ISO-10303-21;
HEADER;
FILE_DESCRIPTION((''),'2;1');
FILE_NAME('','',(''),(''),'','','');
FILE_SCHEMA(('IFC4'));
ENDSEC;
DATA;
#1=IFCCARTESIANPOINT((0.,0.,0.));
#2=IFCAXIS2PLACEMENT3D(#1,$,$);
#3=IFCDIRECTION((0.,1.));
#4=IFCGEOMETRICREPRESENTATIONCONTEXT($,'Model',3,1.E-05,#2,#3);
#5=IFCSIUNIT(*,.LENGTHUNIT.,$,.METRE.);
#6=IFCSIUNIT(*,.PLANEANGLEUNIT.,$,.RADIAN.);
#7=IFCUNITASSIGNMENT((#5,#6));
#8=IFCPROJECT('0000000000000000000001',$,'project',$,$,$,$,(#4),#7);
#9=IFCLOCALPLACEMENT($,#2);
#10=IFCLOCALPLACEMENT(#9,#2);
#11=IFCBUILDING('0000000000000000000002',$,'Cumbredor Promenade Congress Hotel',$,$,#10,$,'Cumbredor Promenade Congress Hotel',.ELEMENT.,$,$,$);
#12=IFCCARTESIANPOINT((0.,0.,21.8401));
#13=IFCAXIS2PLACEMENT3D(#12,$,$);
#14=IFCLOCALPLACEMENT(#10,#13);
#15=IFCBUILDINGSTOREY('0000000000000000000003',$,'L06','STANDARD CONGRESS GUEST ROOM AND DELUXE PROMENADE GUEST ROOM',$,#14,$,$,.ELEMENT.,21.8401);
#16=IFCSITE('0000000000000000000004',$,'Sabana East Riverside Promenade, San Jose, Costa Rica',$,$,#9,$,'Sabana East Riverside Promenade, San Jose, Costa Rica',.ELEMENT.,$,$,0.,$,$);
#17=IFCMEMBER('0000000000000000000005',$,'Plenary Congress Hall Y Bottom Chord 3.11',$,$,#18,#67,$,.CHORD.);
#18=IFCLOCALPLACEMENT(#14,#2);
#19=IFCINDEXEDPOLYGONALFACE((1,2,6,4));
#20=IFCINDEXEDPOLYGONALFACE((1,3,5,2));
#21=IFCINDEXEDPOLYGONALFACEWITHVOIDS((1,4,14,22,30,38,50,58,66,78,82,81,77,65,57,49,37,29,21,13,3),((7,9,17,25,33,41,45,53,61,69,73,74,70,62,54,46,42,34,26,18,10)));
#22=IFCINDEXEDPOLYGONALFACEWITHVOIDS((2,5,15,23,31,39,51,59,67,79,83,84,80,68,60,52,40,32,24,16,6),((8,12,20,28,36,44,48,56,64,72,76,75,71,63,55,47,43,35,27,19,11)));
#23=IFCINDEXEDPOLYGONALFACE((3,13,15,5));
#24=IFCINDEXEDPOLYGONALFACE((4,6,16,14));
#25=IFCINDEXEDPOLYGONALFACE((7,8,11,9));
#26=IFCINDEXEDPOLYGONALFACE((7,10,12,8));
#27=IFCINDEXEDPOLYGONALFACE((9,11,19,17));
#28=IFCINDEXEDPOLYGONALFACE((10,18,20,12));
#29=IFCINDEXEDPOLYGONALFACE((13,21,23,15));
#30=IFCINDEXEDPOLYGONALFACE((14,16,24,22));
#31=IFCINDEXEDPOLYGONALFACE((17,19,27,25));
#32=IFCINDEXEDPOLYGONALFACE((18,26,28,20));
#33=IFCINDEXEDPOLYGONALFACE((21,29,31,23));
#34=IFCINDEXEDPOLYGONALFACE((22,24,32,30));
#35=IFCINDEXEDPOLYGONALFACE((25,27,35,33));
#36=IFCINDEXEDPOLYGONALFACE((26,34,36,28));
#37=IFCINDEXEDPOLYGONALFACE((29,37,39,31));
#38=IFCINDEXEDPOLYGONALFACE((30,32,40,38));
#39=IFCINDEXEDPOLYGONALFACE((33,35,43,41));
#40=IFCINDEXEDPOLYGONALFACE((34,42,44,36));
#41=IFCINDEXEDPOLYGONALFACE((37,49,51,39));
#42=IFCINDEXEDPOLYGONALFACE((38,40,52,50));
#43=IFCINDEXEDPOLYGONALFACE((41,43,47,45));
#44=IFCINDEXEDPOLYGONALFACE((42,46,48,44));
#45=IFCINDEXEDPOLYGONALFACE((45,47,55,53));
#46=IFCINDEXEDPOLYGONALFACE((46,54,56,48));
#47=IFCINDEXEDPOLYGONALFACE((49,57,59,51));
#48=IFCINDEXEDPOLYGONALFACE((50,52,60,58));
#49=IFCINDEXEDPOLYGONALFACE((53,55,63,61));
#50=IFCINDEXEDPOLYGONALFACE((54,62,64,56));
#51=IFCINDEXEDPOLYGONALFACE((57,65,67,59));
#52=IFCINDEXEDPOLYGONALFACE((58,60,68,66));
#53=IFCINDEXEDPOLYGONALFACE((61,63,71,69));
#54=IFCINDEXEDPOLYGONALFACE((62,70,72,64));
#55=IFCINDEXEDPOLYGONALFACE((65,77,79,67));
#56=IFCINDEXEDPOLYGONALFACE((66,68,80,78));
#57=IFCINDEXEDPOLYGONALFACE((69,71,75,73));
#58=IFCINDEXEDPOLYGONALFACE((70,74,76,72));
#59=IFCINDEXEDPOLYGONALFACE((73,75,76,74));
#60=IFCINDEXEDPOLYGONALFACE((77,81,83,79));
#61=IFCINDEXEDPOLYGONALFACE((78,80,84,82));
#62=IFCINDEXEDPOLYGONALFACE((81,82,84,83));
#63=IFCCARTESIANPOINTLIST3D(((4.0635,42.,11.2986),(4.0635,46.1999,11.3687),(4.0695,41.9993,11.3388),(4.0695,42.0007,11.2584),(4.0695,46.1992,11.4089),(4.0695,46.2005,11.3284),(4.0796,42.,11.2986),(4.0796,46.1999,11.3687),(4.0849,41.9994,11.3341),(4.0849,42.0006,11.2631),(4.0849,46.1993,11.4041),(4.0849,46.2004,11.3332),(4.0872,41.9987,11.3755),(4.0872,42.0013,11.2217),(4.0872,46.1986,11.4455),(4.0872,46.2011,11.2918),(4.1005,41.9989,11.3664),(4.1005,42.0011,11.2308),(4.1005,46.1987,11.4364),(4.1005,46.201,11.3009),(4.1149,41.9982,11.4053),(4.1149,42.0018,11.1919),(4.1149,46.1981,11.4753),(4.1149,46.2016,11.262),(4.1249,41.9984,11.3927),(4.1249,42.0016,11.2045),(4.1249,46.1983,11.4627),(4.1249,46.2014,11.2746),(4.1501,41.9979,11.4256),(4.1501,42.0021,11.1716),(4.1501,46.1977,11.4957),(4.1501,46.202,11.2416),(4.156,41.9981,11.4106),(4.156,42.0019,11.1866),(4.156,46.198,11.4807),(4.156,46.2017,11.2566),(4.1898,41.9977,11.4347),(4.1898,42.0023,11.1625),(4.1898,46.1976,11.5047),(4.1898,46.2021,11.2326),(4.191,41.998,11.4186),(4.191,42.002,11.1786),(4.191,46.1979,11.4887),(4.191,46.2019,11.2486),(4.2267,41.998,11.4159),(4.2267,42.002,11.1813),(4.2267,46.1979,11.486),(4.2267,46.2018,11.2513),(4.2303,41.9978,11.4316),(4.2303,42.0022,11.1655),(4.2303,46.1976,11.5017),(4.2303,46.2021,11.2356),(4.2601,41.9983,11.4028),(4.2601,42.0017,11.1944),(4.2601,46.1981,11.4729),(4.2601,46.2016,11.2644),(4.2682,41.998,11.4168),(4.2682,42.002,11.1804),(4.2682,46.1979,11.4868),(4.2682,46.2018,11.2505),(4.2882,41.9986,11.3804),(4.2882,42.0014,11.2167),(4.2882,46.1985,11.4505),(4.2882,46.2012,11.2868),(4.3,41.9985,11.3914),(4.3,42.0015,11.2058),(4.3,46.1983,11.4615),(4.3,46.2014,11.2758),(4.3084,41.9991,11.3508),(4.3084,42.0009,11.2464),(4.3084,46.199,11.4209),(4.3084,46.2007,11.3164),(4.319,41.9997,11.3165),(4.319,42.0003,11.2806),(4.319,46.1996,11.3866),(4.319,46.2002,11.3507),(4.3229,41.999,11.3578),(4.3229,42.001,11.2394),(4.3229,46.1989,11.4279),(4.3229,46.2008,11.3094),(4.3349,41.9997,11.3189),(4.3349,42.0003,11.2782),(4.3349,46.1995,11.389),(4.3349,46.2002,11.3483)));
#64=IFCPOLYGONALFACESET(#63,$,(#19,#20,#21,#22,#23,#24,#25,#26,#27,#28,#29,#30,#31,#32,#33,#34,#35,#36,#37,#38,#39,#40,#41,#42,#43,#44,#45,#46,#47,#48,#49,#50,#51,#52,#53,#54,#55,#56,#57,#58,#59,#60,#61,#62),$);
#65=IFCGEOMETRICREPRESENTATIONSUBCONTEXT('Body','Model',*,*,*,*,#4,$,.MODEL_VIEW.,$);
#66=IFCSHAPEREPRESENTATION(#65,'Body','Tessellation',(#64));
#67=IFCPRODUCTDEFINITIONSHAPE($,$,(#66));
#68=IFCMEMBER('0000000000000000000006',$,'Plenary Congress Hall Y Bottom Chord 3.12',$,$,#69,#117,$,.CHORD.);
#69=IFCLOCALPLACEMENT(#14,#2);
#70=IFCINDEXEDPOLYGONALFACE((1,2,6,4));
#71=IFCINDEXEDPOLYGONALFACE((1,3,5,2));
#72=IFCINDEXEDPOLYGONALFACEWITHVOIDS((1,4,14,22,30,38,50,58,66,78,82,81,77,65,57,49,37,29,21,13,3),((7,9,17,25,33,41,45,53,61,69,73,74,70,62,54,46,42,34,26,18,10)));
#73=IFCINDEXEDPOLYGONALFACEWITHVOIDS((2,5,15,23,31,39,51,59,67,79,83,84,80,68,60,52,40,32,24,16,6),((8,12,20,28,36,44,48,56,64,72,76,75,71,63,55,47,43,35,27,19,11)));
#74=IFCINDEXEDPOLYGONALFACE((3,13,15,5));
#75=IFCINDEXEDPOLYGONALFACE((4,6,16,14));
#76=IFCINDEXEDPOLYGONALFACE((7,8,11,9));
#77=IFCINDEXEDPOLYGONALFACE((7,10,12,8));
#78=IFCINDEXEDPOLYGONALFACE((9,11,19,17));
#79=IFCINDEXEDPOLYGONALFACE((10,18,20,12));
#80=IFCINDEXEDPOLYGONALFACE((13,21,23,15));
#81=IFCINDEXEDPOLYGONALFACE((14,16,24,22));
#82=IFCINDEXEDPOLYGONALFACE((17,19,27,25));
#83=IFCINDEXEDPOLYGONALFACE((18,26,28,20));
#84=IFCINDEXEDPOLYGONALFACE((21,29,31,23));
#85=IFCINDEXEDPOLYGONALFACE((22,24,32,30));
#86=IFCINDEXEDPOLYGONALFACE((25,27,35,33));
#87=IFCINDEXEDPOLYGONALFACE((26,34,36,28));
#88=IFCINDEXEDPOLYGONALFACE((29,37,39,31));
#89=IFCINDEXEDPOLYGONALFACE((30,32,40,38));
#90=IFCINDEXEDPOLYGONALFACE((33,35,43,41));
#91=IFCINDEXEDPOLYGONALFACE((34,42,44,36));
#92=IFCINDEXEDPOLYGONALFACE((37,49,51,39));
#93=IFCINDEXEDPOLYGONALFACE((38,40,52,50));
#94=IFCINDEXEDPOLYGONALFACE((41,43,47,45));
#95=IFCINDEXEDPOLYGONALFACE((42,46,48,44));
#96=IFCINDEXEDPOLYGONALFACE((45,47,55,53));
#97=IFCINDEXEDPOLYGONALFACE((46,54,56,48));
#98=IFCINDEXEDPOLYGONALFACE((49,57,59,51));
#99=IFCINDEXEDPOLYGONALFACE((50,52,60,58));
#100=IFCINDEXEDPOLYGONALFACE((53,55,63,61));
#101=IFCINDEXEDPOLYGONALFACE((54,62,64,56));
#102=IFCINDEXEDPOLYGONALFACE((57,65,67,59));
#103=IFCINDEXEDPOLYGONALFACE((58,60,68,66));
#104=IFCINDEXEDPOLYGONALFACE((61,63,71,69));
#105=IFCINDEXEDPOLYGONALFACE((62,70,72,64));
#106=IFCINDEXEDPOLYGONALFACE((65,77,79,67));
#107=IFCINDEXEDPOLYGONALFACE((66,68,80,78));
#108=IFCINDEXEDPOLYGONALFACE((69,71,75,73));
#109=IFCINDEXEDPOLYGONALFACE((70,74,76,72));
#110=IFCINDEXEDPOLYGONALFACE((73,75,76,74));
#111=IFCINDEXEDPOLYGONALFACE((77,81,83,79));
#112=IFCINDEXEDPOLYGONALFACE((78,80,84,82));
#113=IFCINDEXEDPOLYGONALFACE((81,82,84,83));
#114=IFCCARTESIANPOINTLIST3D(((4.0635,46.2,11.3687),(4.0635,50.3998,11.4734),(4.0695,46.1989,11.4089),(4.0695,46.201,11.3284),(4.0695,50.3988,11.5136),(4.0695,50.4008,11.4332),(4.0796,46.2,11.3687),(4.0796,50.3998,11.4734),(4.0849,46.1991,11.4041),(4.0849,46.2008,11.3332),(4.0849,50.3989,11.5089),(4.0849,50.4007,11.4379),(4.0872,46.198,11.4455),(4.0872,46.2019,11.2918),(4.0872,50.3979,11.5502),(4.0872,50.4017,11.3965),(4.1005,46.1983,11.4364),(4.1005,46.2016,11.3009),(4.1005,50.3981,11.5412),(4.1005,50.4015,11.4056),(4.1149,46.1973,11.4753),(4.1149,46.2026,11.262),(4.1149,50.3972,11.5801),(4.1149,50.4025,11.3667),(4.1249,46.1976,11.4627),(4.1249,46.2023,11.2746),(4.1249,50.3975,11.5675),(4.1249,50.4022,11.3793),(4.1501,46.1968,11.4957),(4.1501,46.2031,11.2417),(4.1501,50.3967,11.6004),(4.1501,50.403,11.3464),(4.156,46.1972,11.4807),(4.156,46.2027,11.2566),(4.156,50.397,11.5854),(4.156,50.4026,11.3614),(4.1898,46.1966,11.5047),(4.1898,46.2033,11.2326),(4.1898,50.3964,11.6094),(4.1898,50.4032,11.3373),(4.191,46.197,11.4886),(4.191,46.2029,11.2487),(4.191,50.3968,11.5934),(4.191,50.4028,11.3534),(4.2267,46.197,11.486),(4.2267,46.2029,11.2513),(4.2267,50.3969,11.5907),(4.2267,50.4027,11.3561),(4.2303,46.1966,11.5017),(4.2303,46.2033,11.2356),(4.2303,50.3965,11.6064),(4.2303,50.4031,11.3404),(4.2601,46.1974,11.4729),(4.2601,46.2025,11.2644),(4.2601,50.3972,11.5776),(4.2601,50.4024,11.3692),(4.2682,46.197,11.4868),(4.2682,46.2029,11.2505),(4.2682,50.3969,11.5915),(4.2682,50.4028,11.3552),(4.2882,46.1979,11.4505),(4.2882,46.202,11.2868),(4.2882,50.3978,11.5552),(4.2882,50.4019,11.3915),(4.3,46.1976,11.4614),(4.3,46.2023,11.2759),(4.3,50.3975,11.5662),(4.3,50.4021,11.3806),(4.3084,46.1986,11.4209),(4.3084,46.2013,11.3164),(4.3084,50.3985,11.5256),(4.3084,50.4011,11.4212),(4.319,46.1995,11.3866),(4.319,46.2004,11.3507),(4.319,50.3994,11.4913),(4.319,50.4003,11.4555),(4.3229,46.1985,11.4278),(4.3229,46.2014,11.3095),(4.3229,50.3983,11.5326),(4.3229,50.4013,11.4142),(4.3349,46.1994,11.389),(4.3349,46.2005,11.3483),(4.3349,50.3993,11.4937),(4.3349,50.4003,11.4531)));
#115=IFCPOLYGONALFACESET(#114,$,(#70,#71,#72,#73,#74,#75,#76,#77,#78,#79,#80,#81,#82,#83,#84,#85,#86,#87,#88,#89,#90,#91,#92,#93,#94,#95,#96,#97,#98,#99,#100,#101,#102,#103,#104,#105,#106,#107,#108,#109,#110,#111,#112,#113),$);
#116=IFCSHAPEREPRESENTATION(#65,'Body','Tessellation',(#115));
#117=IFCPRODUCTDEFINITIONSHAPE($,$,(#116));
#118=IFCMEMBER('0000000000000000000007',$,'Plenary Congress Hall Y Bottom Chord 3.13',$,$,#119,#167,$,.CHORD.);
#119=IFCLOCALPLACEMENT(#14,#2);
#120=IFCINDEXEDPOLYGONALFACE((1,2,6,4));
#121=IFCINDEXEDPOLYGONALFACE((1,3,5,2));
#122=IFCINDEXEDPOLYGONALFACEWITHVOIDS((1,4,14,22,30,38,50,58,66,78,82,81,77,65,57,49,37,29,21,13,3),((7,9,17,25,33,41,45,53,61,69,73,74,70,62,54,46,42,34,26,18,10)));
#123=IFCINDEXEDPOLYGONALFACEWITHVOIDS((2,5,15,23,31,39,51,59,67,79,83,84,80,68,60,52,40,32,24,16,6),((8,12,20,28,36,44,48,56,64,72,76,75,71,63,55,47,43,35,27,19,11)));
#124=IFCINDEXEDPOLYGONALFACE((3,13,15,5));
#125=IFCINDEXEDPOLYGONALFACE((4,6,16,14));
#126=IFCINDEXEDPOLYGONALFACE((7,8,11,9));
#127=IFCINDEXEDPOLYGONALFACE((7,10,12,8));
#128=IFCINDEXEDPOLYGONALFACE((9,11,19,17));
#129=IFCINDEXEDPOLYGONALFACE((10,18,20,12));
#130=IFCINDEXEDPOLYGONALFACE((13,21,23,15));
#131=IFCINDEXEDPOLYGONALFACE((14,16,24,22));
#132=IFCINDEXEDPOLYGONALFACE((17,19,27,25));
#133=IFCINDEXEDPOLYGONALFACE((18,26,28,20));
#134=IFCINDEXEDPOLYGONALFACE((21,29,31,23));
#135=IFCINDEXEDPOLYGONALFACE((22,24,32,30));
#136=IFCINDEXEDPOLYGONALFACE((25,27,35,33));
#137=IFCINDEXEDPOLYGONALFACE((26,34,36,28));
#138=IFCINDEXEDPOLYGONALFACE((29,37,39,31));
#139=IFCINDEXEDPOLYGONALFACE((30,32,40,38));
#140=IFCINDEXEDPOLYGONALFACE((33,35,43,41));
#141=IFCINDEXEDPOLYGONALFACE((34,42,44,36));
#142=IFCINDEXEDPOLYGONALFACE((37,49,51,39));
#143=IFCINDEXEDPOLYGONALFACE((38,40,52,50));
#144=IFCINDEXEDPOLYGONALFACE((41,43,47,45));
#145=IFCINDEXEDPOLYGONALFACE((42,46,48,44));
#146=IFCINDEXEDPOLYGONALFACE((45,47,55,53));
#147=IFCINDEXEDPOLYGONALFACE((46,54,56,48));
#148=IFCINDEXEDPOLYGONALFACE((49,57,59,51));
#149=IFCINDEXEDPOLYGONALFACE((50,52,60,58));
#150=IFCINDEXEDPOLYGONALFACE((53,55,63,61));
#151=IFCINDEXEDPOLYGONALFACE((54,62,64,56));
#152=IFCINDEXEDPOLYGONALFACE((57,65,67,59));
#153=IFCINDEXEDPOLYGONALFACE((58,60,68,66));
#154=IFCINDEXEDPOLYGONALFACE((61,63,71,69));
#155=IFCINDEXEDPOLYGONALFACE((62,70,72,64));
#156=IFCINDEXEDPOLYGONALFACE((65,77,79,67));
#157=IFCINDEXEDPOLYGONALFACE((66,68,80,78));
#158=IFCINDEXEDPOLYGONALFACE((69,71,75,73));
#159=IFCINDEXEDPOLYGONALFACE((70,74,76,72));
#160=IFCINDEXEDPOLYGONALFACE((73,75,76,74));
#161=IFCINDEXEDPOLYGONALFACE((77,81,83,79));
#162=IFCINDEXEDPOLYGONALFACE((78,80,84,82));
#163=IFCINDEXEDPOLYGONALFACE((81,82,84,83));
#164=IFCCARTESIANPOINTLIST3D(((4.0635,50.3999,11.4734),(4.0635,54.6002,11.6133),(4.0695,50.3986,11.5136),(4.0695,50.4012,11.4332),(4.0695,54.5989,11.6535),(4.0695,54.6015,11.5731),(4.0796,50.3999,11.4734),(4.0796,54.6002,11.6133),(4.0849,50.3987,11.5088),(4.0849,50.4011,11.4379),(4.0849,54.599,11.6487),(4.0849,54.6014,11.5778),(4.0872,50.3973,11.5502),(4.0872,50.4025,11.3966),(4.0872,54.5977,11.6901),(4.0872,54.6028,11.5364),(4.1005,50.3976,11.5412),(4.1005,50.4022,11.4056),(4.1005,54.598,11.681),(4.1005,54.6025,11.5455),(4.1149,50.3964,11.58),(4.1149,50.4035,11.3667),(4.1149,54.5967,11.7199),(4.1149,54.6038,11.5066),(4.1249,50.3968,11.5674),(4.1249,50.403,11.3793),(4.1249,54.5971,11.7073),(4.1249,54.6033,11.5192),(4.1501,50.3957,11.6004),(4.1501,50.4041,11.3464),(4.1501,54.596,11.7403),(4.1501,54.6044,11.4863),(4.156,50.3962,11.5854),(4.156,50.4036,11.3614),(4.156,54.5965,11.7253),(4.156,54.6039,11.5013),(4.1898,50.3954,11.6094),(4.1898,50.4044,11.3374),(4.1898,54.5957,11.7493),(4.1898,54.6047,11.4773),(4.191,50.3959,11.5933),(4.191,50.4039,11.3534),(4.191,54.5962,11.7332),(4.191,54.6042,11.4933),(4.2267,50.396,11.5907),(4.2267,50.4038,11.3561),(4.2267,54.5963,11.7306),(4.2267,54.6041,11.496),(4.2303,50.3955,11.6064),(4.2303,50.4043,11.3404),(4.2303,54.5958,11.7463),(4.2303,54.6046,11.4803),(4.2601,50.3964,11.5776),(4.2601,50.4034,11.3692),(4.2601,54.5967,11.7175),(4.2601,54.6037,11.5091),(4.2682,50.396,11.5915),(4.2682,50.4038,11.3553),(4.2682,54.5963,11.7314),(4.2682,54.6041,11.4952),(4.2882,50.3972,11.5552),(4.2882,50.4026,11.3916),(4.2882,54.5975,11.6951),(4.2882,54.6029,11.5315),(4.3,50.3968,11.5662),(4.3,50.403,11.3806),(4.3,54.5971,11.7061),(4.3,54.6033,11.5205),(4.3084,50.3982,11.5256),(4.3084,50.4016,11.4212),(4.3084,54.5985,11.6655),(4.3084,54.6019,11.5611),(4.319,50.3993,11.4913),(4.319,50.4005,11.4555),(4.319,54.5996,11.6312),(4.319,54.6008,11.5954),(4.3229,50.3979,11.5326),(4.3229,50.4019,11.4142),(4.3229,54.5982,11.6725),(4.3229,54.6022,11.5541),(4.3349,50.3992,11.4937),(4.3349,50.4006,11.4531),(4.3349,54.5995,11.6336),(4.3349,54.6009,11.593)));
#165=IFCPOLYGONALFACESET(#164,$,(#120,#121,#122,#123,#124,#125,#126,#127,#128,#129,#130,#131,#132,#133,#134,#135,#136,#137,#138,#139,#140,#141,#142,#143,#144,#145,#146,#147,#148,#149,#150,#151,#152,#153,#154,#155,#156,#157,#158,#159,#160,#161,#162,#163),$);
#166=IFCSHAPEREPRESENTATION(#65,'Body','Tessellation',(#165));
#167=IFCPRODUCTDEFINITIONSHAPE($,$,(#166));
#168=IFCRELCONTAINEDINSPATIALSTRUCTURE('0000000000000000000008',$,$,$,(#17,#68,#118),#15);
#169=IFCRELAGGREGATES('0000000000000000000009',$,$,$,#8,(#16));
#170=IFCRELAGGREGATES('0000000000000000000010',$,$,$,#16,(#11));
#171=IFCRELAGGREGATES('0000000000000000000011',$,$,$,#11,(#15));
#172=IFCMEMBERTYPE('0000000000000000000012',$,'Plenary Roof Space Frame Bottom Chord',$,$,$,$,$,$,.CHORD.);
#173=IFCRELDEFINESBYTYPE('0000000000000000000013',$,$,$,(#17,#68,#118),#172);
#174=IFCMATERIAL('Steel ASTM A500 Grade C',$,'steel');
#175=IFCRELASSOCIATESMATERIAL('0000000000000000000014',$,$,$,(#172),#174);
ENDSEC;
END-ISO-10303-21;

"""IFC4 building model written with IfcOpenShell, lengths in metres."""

from ifc_helpers import new_model, si_unit, direction, frame, origin, origin_2d, place, context, subcontext, project, spatial, hollow_circle, extrude, material, material_profile, profile_set, type_object, element, save


model = new_model("IFC4")

# Units and contexts
model_context = context("Model", 3, precision=1e-05, world=origin(), true_north=direction((0.0, 1.0)))
body_context = subcontext(model_context, "Body", "Model", "MODEL_VIEW")
ifc_project = project(units=[si_unit("LENGTHUNIT", "METRE"), si_unit("PLANEANGLEUNIT", "RADIAN")], contexts=[model_context])

# Site, building, storey
site_placement = place(None, origin())
site = spatial("IfcSite", under=ifc_project, at=site_placement, Name="Sabana East Riverside Promenade, San Jose, Costa Rica", LongName="Sabana East Riverside Promenade, San Jose, Costa Rica", CompositionType="ELEMENT", RefElevation=0.0)
building_placement = place(site_placement, origin())
building = spatial("IfcBuilding", under=site, at=building_placement, Name="Cumbredor Promenade Congress Hotel", LongName="Cumbredor Promenade Congress Hotel", CompositionType="ELEMENT")
storey_placement = place(building_placement, frame((0.0, 0.0, 21.8401)))
storey = spatial("IfcBuildingStorey", under=building, at=storey_placement, Name="L06", Description="STANDARD CONGRESS GUEST ROOM AND DELUXE PROMENADE GUEST ROOM", CompositionType="ELEMENT", Elevation=21.8401)

# Members
ifc_material_1 = material(Name="Steel ASTM A500 Grade C", Category="steel")
ifc_material_profile_1 = material_profile(ifc_material_1, hollow_circle(Radius=0.1365, WallThickness=0.0161, at=origin_2d()), Name="CHS 273.0x16")
ifc_profile_set_1 = profile_set([ifc_material_profile_1], Name="Steel ASTM A500 Grade C")
member_type_1 = type_object("IfcMemberType", Name="Plenary Roof Space Frame Bottom Chord", PredefinedType="CHORD", material=ifc_profile_set_1)
member_1_placement = place(storey_placement, frame((4.2, 42.0, 11.2986), z_axis=(0.0, 0.999861, 0.016681), x_axis=(-1.0, 0.0, 0.0)))
element("IfcMember", 1, at=member_1_placement, inside=storey, type_object=member_type_1, Name="Plenary Congress Hall Y Bottom Chord 3.11", PredefinedType="CHORD", context=body_context, shape_type="SweptSolid", body=[
    extrude(hollow_circle(Radius=0.1365, WallThickness=0.0161, at=origin_2d()), origin(), (0.0, 0.0, 1.0), 4.2004),
])
member_2_placement = place(storey_placement, frame((4.2, 46.2, 11.3687), z_axis=(0.0, 0.999689, 0.02493), x_axis=(-1.0, 0.0, 0.0)))
element("IfcMember", 2, at=member_2_placement, inside=storey, type_object=member_type_1, Name="Plenary Congress Hall Y Bottom Chord 3.12", PredefinedType="CHORD", context=body_context, shape_type="SweptSolid", body=[
    extrude(hollow_circle(Radius=0.1365, WallThickness=0.0161, at=origin_2d()), origin(), (0.0, 0.0, 1.0), 4.2012),
])
member_3_placement = place(storey_placement, frame((4.2, 50.3999, 11.4734), z_axis=(0.0, 0.999446, 0.033288), x_axis=(-1.0, 0.0, 0.0)))
element("IfcMember", 3, at=member_3_placement, inside=storey, type_object=member_type_1, Name="Plenary Congress Hall Y Bottom Chord 3.13", PredefinedType="CHORD", context=body_context, shape_type="SweptSolid", body=[
    extrude(hollow_circle(Radius=0.1365, WallThickness=0.0161, at=origin_2d()), origin(), (0.0, 0.0, 1.0), 4.2026),
])

save(model, "model.ifc")
